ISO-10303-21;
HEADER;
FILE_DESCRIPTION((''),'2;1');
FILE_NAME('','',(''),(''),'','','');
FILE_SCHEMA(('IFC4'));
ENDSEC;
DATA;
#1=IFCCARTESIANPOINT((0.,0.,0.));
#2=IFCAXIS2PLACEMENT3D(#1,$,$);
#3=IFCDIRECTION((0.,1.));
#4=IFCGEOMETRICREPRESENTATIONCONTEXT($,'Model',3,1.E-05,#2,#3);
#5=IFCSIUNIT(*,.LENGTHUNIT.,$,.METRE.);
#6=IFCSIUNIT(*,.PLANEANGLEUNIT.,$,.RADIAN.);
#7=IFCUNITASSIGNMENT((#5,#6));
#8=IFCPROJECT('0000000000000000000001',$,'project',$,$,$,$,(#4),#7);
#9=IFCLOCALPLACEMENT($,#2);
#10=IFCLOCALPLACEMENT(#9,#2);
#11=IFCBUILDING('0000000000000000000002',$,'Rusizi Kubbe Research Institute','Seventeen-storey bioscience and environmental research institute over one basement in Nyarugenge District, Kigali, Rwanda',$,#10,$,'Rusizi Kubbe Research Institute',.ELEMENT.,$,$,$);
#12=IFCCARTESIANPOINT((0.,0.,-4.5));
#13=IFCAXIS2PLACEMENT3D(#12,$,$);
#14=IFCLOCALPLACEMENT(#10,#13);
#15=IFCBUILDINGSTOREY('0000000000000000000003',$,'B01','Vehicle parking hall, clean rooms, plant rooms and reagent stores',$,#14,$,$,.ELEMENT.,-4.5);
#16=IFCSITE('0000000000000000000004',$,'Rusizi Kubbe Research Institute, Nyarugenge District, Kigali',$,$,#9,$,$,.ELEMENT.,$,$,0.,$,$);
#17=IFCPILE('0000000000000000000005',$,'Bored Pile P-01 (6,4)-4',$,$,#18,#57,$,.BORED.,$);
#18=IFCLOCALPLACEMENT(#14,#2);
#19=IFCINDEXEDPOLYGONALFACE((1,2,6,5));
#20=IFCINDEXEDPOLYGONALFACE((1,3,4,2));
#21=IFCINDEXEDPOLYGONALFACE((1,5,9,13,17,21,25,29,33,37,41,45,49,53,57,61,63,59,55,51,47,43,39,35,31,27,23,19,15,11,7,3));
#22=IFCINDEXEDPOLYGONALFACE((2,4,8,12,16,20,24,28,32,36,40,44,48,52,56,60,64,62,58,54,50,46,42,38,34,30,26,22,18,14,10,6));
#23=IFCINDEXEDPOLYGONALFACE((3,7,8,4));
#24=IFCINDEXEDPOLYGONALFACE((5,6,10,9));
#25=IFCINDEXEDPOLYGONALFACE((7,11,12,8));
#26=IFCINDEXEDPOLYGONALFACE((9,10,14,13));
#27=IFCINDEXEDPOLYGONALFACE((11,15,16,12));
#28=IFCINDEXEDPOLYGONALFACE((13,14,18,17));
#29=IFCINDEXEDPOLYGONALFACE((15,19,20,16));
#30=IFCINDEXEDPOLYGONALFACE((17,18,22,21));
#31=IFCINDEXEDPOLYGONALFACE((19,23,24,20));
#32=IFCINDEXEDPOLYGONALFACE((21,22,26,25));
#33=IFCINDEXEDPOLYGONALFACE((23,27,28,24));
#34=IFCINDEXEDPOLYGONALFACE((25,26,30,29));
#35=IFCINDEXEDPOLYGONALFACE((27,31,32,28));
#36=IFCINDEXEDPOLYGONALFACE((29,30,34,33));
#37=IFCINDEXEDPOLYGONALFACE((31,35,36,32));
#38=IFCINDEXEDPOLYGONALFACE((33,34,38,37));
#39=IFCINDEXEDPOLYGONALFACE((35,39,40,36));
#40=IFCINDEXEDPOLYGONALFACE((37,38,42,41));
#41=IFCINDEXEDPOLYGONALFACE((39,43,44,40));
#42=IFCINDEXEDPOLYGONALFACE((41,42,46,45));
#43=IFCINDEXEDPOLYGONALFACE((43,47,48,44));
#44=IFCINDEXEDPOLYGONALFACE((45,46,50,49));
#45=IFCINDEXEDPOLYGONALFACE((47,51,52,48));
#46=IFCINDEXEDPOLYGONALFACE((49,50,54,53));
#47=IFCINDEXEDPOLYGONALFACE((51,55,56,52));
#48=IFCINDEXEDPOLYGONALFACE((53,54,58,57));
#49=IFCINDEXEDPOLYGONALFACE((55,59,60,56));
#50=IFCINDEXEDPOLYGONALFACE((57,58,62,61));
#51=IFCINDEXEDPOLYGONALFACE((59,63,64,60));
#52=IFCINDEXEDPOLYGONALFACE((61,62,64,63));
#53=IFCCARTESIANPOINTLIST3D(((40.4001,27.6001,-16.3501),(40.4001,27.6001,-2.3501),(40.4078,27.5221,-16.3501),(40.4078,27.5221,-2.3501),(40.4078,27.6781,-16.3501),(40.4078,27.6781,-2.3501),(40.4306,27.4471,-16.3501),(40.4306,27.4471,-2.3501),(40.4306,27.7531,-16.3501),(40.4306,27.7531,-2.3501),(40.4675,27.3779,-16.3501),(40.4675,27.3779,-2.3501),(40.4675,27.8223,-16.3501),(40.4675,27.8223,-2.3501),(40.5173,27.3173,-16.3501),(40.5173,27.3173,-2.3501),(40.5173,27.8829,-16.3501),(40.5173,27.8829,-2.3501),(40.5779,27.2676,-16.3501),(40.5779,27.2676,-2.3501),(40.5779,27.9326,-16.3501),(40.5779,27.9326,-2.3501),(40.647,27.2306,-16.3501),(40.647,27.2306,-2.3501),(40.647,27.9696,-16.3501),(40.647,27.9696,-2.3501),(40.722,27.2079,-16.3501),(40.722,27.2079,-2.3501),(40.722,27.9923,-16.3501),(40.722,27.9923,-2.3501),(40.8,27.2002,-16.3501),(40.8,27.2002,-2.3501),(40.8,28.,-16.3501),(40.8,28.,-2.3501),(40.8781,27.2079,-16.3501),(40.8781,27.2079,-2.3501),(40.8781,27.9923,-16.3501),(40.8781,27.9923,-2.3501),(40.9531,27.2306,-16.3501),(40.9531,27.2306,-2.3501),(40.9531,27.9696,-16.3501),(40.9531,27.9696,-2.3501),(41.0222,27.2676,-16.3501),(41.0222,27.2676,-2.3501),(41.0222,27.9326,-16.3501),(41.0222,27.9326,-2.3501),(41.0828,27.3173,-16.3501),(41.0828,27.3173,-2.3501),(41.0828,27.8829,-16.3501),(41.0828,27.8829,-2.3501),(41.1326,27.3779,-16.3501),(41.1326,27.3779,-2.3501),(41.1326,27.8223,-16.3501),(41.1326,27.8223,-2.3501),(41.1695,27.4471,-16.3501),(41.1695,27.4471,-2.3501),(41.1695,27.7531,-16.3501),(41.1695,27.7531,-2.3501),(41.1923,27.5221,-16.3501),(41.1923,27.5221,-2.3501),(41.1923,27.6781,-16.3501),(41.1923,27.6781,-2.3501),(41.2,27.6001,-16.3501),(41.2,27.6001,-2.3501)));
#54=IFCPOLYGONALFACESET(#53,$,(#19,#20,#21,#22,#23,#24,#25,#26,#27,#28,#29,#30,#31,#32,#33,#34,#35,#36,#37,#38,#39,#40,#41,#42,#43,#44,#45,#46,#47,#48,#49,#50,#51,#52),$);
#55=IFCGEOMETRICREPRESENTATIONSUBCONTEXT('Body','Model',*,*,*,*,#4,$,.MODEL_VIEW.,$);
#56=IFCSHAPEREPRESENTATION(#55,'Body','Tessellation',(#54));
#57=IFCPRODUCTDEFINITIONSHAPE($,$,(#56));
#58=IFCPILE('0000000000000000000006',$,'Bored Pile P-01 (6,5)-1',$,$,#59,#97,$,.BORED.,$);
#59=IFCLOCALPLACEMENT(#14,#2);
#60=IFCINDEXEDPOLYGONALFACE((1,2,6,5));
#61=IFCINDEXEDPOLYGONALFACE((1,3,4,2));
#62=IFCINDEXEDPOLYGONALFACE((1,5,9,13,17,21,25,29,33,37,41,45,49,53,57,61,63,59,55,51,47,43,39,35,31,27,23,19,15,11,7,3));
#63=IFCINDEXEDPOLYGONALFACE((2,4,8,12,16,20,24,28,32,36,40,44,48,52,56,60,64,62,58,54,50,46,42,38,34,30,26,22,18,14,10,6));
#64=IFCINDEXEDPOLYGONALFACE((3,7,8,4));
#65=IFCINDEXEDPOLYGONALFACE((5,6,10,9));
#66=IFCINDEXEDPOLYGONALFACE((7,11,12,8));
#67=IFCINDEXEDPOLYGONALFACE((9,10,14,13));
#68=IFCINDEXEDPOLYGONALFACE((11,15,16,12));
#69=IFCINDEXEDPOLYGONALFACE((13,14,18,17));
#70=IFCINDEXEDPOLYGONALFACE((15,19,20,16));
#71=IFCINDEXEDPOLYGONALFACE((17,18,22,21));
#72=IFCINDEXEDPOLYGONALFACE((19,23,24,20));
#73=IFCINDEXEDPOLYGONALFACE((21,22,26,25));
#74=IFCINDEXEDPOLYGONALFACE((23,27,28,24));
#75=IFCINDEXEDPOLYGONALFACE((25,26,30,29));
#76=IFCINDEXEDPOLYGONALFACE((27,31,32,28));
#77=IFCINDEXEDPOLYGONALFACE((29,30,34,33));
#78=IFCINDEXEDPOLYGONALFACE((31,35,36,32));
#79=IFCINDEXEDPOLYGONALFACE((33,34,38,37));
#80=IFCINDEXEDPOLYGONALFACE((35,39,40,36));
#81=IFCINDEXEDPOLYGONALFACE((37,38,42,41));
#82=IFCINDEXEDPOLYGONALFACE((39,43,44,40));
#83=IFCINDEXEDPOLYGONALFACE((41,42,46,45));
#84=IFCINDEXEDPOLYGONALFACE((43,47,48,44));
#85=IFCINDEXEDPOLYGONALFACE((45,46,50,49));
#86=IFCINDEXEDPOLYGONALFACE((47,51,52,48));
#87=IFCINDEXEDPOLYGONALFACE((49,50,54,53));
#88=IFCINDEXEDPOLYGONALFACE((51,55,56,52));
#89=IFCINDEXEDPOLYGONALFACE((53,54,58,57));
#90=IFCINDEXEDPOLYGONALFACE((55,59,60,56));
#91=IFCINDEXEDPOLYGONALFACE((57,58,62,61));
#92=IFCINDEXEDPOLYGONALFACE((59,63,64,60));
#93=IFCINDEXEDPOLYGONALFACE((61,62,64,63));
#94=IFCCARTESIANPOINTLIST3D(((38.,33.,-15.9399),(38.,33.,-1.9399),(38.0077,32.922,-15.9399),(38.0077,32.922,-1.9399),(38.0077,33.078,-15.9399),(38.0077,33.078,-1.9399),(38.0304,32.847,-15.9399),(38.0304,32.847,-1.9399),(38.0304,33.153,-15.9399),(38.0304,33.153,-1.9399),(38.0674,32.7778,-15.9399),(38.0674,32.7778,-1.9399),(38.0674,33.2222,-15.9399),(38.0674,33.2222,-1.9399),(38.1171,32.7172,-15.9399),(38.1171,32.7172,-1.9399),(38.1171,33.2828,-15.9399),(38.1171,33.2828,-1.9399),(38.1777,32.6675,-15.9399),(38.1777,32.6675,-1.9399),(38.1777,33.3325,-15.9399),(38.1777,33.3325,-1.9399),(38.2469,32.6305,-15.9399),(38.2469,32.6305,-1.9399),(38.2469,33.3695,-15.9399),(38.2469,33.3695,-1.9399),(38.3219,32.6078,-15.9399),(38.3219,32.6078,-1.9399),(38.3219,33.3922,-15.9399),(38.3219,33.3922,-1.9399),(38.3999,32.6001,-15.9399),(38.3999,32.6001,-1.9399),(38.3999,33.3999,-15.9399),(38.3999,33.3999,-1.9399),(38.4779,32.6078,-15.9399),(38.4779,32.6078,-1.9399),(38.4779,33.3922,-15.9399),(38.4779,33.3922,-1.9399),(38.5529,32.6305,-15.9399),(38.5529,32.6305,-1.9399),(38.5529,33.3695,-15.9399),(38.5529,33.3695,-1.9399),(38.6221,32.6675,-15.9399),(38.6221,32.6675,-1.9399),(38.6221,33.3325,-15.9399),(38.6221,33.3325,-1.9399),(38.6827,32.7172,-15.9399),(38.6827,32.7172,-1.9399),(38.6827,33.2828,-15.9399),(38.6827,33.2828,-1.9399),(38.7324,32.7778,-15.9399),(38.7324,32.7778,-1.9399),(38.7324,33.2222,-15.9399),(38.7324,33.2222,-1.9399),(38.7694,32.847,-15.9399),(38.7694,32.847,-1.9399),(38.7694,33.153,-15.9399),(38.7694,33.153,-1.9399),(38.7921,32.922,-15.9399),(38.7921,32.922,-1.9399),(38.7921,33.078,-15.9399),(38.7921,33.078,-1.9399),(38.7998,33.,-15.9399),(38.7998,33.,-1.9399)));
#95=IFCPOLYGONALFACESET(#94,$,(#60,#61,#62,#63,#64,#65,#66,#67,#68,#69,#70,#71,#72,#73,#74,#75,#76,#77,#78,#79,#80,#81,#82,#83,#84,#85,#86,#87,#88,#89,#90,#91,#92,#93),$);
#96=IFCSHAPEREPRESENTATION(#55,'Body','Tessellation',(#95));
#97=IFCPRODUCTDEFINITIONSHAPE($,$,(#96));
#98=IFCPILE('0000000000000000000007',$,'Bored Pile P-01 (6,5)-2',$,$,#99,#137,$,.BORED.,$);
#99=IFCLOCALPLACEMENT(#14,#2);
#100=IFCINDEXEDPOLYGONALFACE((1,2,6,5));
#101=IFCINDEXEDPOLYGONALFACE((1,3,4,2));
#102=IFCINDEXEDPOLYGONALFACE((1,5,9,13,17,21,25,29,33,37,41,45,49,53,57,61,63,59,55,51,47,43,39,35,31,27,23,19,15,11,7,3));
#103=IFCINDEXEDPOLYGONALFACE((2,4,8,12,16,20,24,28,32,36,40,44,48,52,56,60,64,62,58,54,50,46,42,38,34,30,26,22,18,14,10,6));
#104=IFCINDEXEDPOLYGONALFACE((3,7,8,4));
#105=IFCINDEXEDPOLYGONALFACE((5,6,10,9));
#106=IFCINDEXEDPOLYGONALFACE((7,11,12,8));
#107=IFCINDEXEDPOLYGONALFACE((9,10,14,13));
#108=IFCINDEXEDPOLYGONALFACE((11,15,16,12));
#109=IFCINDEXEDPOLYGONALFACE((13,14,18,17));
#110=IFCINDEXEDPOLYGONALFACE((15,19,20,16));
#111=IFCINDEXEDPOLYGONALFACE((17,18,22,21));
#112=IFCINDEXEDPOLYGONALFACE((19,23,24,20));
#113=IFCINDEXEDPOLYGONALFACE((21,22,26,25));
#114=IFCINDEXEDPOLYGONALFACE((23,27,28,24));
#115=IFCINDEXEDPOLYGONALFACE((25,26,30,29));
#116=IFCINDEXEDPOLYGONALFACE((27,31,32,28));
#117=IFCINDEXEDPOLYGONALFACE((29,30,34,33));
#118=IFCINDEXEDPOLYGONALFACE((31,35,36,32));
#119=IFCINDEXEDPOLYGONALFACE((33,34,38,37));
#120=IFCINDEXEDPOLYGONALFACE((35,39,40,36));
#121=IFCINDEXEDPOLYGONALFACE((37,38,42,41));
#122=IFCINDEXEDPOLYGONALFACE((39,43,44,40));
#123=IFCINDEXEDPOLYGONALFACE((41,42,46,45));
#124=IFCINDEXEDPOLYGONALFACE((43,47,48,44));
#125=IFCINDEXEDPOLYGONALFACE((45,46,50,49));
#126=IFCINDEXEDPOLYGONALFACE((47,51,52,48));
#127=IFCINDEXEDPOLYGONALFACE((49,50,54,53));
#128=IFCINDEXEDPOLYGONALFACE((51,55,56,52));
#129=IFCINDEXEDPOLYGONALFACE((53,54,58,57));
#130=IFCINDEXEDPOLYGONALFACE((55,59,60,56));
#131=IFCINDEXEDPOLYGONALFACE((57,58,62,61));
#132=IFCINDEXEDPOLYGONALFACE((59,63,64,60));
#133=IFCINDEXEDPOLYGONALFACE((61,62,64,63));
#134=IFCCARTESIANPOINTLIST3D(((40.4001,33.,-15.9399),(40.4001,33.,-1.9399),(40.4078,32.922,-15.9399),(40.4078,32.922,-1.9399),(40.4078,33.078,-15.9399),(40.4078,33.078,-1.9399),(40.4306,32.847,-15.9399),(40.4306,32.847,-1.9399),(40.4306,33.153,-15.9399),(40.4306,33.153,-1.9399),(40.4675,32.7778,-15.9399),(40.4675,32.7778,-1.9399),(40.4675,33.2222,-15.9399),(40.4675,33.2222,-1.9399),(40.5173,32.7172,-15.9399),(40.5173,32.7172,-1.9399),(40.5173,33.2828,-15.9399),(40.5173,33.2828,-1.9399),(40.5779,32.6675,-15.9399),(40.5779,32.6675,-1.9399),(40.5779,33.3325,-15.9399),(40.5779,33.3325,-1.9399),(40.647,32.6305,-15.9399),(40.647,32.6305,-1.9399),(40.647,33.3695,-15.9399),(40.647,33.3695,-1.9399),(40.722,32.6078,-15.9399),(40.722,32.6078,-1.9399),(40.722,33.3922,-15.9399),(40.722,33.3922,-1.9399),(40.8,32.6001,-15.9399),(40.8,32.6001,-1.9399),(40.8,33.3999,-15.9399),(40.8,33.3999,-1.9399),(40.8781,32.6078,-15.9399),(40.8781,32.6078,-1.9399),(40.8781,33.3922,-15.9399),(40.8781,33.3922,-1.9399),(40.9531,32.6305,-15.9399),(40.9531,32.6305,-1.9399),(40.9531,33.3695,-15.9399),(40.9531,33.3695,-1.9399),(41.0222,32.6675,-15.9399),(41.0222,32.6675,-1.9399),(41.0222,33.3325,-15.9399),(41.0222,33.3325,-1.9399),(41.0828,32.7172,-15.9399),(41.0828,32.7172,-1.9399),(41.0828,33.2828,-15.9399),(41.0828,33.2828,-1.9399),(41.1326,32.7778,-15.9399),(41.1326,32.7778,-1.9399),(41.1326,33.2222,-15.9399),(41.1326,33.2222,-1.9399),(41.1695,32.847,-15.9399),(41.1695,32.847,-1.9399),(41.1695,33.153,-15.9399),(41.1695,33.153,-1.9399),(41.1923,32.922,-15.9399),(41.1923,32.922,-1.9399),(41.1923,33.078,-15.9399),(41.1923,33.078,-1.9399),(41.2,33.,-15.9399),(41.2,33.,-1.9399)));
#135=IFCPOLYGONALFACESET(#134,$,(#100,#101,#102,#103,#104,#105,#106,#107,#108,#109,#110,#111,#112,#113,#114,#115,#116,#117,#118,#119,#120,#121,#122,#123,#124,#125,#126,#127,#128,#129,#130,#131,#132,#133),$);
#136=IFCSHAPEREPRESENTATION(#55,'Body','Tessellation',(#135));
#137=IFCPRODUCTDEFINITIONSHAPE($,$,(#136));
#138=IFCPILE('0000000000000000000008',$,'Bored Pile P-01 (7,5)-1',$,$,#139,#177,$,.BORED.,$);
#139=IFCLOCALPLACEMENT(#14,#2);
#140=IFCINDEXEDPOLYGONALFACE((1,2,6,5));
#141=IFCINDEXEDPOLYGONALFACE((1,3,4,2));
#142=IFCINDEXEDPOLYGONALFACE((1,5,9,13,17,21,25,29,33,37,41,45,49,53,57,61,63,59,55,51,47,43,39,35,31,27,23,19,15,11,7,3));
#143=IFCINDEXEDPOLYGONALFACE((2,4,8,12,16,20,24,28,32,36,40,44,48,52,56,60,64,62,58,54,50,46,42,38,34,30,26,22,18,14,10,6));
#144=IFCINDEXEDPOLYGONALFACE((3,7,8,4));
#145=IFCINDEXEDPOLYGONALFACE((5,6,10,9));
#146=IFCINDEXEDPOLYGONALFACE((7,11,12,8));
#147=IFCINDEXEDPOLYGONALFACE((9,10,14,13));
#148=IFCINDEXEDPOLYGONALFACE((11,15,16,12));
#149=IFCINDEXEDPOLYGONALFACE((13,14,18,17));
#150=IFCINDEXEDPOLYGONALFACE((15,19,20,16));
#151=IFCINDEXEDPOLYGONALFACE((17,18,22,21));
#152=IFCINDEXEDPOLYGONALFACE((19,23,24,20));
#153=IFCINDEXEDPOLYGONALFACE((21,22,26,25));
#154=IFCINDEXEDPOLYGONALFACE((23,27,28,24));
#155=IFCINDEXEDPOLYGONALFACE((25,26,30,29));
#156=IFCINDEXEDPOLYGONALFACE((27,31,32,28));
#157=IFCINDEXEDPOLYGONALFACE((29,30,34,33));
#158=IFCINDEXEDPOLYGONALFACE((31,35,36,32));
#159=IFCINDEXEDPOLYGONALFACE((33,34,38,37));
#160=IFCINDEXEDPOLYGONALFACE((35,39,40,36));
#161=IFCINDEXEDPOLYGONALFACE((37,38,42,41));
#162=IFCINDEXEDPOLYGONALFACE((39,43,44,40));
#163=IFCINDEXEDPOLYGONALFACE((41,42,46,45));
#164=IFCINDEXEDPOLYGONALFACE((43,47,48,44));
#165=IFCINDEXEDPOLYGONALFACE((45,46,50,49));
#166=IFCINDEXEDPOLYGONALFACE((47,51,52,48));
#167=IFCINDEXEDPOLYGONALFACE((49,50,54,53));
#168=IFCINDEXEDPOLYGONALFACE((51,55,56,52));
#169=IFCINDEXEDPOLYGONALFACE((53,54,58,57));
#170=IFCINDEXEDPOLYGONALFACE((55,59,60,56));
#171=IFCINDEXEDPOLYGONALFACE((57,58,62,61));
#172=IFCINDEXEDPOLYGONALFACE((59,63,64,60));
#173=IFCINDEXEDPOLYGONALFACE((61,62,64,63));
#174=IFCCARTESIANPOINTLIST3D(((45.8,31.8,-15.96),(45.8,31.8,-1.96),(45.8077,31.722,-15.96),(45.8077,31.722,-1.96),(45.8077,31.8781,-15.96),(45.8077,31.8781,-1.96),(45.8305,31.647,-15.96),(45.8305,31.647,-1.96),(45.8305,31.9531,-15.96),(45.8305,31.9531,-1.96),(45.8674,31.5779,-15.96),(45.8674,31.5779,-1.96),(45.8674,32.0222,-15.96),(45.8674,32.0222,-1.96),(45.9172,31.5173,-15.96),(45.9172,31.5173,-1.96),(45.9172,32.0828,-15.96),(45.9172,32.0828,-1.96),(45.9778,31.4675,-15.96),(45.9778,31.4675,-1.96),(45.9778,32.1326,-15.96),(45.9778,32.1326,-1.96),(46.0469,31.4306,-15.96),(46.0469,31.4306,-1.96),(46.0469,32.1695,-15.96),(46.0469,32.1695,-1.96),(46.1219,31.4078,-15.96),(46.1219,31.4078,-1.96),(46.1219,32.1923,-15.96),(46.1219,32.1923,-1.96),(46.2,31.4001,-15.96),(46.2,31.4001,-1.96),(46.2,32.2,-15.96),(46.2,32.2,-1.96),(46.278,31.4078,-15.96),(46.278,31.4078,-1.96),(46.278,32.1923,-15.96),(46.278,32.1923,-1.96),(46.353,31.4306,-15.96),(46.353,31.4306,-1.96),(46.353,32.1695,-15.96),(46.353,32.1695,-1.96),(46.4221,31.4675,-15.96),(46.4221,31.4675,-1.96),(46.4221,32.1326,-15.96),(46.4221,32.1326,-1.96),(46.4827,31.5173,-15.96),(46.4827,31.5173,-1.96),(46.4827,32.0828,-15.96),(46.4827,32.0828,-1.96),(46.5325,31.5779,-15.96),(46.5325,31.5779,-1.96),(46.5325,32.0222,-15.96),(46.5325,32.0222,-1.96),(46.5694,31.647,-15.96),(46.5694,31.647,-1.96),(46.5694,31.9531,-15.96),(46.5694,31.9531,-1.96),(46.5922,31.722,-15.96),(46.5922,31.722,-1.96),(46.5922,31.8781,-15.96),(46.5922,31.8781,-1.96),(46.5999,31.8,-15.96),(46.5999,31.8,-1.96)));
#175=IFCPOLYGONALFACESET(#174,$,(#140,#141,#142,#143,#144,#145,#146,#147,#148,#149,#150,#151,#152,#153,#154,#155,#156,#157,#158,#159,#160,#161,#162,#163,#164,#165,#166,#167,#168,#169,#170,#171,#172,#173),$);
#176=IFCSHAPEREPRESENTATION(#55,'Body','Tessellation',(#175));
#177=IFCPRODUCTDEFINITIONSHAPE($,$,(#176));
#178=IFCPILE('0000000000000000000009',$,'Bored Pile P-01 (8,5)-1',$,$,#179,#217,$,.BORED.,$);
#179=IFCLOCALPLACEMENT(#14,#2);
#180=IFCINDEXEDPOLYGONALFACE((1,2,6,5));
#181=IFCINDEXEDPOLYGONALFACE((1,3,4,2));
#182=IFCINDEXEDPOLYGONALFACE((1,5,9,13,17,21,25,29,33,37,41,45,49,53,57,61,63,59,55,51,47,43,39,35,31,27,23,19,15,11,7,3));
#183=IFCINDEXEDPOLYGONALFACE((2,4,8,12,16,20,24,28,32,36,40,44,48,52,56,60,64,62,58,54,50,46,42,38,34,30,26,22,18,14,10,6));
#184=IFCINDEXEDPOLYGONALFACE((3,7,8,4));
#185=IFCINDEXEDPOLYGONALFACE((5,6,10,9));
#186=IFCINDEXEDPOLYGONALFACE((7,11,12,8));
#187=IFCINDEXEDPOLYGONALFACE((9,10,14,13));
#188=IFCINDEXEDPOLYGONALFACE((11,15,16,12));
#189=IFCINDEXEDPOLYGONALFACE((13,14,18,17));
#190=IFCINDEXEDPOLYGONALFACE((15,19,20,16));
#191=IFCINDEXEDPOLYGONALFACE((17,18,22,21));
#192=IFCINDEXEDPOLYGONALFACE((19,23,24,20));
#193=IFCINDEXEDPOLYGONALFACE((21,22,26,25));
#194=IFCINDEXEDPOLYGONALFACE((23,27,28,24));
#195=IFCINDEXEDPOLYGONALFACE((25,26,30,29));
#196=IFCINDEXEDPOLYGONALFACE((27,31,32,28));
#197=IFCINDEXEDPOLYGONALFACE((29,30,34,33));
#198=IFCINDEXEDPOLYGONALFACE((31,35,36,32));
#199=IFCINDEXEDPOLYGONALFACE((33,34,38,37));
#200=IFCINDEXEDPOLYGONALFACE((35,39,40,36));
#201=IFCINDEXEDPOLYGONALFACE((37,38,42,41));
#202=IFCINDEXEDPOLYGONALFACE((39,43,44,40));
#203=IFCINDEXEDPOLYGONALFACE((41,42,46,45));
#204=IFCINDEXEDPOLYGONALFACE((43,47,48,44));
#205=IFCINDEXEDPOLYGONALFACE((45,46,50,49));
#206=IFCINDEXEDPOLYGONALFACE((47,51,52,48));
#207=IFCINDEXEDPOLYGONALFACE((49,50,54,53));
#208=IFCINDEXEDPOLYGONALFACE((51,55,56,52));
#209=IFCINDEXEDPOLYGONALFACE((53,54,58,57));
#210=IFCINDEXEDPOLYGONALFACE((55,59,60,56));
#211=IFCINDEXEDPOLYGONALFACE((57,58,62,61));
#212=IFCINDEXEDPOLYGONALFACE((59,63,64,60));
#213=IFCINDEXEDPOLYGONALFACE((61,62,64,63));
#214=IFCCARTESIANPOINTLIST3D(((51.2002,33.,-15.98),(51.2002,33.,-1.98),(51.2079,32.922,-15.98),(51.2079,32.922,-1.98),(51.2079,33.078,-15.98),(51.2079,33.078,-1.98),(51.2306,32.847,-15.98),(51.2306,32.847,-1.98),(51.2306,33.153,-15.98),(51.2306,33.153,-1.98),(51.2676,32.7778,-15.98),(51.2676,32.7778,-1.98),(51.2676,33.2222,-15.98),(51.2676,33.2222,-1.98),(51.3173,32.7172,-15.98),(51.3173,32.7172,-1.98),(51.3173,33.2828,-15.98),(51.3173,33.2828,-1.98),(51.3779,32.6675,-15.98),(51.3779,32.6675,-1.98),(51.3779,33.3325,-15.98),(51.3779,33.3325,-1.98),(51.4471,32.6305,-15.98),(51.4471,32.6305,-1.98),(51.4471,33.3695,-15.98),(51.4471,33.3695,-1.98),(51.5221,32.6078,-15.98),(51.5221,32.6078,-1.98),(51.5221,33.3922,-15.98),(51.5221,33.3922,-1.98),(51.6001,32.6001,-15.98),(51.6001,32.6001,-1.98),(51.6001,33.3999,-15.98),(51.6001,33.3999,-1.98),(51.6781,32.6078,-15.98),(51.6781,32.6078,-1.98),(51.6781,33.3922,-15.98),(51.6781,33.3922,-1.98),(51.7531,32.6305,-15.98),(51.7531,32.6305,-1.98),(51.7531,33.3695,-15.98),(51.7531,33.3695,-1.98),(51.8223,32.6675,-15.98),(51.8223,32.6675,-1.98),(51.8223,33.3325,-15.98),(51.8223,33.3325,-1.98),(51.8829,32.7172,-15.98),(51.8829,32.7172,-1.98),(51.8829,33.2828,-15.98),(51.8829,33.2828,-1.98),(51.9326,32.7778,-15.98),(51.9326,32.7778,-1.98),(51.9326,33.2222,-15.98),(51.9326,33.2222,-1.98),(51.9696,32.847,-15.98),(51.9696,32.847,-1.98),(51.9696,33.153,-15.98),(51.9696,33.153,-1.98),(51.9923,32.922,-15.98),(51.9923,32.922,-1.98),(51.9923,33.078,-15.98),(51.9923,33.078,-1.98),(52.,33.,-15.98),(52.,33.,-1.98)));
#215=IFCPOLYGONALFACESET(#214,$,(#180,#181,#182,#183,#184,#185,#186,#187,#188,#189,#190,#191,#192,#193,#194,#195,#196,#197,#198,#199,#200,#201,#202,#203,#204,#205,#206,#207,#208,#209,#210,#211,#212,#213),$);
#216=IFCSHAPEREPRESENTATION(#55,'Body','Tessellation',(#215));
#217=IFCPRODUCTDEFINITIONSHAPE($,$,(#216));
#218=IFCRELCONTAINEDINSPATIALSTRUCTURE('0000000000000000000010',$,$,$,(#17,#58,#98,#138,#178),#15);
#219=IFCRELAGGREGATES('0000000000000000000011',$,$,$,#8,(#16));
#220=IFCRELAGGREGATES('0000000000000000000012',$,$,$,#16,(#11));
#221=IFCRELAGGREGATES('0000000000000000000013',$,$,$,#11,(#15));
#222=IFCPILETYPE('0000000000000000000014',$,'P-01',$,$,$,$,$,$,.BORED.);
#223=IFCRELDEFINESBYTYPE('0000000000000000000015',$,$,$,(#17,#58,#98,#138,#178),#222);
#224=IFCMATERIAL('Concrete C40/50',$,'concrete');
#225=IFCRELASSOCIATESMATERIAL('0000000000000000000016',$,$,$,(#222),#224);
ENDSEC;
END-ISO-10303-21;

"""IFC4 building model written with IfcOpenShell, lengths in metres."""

from ifc_helpers import new_model, si_unit, direction, frame, origin, origin_2d, place, context, subcontext, project, spatial, circle, extrude, material, material_profile, profile_set, type_object, element, save


model = new_model("IFC4")

# Units and contexts
model_context = context("Model", 3, precision=1e-05, world=origin(), true_north=direction((0.0, 1.0)))
body_context = subcontext(model_context, "Body", "Model", "MODEL_VIEW")
ifc_project = project(units=[si_unit("LENGTHUNIT", "METRE"), si_unit("PLANEANGLEUNIT", "RADIAN")], contexts=[model_context])

# Site, building, storey
site_placement = place(None, origin())
site = spatial("IfcSite", under=ifc_project, at=site_placement, Name="Rusizi Kubbe Research Institute, Nyarugenge District, Kigali", CompositionType="ELEMENT", RefElevation=0.0)
building_placement = place(site_placement, origin())
building = spatial("IfcBuilding", under=site, at=building_placement, Name="Rusizi Kubbe Research Institute", Description="Seventeen-storey bioscience and environmental research institute over one basement in Nyarugenge District, Kigali, Rwanda", LongName="Rusizi Kubbe Research Institute", CompositionType="ELEMENT")
storey_placement = place(building_placement, frame((0.0, 0.0, -4.5)))
storey = spatial("IfcBuildingStorey", under=building, at=storey_placement, Name="B01", Description="Vehicle parking hall, clean rooms, plant rooms and reagent stores", CompositionType="ELEMENT", Elevation=-4.5)

# Piles
ifc_material_1 = material(Name="Concrete C40/50", Category="concrete")
ifc_material_profile_1 = material_profile(ifc_material_1, circle(Radius=0.3999, at=origin_2d()), Name="PILE-D800")
ifc_profile_set_1 = profile_set([ifc_material_profile_1], Name="Concrete C40/50")
pile_type_1 = type_object("IfcPileType", Name="P-01", PredefinedType="BORED", material=ifc_profile_set_1)
for number, where, z_axis, x_axis, name in (
    (1, (40.8, 27.6001, -2.3501), (0.0, 0.0, -1.0), (1.0, 0.0, 0.0), "Bored Pile P-01 (6,4)-4"),
    (2, (38.3999, 33.0, -1.9399), (0.0, 0.0, -1.0), (1.0, 0.0, 0.0), "Bored Pile P-01 (6,5)-1"),
    (3, (40.8, 33.0, -1.9399), (0.0, 0.0, -1.0), (1.0, 0.0, 0.0), "Bored Pile P-01 (6,5)-2"),
    (4, (46.2, 31.8, -1.96), (0.0, 0.0, -1.0), (1.0, 0.0, 0.0), "Bored Pile P-01 (7,5)-1"),
    (5, (51.6001, 33.0, -1.98), (0.0, 0.0, -1.0), (1.0, 0.0, 0.0), "Bored Pile P-01 (8,5)-1"),
):
    element("IfcPile", number, at=place(storey_placement, frame(where, z_axis=z_axis, x_axis=x_axis)), inside=storey, type_object=pile_type_1, Name=name, PredefinedType="BORED", context=body_context, shape_type="SweptSolid", body=[
        extrude(circle(Radius=0.3999, at=origin_2d()), origin(), (0.0, 0.0, 1.0), 14.0),
    ])

save(model, "model.ifc")
